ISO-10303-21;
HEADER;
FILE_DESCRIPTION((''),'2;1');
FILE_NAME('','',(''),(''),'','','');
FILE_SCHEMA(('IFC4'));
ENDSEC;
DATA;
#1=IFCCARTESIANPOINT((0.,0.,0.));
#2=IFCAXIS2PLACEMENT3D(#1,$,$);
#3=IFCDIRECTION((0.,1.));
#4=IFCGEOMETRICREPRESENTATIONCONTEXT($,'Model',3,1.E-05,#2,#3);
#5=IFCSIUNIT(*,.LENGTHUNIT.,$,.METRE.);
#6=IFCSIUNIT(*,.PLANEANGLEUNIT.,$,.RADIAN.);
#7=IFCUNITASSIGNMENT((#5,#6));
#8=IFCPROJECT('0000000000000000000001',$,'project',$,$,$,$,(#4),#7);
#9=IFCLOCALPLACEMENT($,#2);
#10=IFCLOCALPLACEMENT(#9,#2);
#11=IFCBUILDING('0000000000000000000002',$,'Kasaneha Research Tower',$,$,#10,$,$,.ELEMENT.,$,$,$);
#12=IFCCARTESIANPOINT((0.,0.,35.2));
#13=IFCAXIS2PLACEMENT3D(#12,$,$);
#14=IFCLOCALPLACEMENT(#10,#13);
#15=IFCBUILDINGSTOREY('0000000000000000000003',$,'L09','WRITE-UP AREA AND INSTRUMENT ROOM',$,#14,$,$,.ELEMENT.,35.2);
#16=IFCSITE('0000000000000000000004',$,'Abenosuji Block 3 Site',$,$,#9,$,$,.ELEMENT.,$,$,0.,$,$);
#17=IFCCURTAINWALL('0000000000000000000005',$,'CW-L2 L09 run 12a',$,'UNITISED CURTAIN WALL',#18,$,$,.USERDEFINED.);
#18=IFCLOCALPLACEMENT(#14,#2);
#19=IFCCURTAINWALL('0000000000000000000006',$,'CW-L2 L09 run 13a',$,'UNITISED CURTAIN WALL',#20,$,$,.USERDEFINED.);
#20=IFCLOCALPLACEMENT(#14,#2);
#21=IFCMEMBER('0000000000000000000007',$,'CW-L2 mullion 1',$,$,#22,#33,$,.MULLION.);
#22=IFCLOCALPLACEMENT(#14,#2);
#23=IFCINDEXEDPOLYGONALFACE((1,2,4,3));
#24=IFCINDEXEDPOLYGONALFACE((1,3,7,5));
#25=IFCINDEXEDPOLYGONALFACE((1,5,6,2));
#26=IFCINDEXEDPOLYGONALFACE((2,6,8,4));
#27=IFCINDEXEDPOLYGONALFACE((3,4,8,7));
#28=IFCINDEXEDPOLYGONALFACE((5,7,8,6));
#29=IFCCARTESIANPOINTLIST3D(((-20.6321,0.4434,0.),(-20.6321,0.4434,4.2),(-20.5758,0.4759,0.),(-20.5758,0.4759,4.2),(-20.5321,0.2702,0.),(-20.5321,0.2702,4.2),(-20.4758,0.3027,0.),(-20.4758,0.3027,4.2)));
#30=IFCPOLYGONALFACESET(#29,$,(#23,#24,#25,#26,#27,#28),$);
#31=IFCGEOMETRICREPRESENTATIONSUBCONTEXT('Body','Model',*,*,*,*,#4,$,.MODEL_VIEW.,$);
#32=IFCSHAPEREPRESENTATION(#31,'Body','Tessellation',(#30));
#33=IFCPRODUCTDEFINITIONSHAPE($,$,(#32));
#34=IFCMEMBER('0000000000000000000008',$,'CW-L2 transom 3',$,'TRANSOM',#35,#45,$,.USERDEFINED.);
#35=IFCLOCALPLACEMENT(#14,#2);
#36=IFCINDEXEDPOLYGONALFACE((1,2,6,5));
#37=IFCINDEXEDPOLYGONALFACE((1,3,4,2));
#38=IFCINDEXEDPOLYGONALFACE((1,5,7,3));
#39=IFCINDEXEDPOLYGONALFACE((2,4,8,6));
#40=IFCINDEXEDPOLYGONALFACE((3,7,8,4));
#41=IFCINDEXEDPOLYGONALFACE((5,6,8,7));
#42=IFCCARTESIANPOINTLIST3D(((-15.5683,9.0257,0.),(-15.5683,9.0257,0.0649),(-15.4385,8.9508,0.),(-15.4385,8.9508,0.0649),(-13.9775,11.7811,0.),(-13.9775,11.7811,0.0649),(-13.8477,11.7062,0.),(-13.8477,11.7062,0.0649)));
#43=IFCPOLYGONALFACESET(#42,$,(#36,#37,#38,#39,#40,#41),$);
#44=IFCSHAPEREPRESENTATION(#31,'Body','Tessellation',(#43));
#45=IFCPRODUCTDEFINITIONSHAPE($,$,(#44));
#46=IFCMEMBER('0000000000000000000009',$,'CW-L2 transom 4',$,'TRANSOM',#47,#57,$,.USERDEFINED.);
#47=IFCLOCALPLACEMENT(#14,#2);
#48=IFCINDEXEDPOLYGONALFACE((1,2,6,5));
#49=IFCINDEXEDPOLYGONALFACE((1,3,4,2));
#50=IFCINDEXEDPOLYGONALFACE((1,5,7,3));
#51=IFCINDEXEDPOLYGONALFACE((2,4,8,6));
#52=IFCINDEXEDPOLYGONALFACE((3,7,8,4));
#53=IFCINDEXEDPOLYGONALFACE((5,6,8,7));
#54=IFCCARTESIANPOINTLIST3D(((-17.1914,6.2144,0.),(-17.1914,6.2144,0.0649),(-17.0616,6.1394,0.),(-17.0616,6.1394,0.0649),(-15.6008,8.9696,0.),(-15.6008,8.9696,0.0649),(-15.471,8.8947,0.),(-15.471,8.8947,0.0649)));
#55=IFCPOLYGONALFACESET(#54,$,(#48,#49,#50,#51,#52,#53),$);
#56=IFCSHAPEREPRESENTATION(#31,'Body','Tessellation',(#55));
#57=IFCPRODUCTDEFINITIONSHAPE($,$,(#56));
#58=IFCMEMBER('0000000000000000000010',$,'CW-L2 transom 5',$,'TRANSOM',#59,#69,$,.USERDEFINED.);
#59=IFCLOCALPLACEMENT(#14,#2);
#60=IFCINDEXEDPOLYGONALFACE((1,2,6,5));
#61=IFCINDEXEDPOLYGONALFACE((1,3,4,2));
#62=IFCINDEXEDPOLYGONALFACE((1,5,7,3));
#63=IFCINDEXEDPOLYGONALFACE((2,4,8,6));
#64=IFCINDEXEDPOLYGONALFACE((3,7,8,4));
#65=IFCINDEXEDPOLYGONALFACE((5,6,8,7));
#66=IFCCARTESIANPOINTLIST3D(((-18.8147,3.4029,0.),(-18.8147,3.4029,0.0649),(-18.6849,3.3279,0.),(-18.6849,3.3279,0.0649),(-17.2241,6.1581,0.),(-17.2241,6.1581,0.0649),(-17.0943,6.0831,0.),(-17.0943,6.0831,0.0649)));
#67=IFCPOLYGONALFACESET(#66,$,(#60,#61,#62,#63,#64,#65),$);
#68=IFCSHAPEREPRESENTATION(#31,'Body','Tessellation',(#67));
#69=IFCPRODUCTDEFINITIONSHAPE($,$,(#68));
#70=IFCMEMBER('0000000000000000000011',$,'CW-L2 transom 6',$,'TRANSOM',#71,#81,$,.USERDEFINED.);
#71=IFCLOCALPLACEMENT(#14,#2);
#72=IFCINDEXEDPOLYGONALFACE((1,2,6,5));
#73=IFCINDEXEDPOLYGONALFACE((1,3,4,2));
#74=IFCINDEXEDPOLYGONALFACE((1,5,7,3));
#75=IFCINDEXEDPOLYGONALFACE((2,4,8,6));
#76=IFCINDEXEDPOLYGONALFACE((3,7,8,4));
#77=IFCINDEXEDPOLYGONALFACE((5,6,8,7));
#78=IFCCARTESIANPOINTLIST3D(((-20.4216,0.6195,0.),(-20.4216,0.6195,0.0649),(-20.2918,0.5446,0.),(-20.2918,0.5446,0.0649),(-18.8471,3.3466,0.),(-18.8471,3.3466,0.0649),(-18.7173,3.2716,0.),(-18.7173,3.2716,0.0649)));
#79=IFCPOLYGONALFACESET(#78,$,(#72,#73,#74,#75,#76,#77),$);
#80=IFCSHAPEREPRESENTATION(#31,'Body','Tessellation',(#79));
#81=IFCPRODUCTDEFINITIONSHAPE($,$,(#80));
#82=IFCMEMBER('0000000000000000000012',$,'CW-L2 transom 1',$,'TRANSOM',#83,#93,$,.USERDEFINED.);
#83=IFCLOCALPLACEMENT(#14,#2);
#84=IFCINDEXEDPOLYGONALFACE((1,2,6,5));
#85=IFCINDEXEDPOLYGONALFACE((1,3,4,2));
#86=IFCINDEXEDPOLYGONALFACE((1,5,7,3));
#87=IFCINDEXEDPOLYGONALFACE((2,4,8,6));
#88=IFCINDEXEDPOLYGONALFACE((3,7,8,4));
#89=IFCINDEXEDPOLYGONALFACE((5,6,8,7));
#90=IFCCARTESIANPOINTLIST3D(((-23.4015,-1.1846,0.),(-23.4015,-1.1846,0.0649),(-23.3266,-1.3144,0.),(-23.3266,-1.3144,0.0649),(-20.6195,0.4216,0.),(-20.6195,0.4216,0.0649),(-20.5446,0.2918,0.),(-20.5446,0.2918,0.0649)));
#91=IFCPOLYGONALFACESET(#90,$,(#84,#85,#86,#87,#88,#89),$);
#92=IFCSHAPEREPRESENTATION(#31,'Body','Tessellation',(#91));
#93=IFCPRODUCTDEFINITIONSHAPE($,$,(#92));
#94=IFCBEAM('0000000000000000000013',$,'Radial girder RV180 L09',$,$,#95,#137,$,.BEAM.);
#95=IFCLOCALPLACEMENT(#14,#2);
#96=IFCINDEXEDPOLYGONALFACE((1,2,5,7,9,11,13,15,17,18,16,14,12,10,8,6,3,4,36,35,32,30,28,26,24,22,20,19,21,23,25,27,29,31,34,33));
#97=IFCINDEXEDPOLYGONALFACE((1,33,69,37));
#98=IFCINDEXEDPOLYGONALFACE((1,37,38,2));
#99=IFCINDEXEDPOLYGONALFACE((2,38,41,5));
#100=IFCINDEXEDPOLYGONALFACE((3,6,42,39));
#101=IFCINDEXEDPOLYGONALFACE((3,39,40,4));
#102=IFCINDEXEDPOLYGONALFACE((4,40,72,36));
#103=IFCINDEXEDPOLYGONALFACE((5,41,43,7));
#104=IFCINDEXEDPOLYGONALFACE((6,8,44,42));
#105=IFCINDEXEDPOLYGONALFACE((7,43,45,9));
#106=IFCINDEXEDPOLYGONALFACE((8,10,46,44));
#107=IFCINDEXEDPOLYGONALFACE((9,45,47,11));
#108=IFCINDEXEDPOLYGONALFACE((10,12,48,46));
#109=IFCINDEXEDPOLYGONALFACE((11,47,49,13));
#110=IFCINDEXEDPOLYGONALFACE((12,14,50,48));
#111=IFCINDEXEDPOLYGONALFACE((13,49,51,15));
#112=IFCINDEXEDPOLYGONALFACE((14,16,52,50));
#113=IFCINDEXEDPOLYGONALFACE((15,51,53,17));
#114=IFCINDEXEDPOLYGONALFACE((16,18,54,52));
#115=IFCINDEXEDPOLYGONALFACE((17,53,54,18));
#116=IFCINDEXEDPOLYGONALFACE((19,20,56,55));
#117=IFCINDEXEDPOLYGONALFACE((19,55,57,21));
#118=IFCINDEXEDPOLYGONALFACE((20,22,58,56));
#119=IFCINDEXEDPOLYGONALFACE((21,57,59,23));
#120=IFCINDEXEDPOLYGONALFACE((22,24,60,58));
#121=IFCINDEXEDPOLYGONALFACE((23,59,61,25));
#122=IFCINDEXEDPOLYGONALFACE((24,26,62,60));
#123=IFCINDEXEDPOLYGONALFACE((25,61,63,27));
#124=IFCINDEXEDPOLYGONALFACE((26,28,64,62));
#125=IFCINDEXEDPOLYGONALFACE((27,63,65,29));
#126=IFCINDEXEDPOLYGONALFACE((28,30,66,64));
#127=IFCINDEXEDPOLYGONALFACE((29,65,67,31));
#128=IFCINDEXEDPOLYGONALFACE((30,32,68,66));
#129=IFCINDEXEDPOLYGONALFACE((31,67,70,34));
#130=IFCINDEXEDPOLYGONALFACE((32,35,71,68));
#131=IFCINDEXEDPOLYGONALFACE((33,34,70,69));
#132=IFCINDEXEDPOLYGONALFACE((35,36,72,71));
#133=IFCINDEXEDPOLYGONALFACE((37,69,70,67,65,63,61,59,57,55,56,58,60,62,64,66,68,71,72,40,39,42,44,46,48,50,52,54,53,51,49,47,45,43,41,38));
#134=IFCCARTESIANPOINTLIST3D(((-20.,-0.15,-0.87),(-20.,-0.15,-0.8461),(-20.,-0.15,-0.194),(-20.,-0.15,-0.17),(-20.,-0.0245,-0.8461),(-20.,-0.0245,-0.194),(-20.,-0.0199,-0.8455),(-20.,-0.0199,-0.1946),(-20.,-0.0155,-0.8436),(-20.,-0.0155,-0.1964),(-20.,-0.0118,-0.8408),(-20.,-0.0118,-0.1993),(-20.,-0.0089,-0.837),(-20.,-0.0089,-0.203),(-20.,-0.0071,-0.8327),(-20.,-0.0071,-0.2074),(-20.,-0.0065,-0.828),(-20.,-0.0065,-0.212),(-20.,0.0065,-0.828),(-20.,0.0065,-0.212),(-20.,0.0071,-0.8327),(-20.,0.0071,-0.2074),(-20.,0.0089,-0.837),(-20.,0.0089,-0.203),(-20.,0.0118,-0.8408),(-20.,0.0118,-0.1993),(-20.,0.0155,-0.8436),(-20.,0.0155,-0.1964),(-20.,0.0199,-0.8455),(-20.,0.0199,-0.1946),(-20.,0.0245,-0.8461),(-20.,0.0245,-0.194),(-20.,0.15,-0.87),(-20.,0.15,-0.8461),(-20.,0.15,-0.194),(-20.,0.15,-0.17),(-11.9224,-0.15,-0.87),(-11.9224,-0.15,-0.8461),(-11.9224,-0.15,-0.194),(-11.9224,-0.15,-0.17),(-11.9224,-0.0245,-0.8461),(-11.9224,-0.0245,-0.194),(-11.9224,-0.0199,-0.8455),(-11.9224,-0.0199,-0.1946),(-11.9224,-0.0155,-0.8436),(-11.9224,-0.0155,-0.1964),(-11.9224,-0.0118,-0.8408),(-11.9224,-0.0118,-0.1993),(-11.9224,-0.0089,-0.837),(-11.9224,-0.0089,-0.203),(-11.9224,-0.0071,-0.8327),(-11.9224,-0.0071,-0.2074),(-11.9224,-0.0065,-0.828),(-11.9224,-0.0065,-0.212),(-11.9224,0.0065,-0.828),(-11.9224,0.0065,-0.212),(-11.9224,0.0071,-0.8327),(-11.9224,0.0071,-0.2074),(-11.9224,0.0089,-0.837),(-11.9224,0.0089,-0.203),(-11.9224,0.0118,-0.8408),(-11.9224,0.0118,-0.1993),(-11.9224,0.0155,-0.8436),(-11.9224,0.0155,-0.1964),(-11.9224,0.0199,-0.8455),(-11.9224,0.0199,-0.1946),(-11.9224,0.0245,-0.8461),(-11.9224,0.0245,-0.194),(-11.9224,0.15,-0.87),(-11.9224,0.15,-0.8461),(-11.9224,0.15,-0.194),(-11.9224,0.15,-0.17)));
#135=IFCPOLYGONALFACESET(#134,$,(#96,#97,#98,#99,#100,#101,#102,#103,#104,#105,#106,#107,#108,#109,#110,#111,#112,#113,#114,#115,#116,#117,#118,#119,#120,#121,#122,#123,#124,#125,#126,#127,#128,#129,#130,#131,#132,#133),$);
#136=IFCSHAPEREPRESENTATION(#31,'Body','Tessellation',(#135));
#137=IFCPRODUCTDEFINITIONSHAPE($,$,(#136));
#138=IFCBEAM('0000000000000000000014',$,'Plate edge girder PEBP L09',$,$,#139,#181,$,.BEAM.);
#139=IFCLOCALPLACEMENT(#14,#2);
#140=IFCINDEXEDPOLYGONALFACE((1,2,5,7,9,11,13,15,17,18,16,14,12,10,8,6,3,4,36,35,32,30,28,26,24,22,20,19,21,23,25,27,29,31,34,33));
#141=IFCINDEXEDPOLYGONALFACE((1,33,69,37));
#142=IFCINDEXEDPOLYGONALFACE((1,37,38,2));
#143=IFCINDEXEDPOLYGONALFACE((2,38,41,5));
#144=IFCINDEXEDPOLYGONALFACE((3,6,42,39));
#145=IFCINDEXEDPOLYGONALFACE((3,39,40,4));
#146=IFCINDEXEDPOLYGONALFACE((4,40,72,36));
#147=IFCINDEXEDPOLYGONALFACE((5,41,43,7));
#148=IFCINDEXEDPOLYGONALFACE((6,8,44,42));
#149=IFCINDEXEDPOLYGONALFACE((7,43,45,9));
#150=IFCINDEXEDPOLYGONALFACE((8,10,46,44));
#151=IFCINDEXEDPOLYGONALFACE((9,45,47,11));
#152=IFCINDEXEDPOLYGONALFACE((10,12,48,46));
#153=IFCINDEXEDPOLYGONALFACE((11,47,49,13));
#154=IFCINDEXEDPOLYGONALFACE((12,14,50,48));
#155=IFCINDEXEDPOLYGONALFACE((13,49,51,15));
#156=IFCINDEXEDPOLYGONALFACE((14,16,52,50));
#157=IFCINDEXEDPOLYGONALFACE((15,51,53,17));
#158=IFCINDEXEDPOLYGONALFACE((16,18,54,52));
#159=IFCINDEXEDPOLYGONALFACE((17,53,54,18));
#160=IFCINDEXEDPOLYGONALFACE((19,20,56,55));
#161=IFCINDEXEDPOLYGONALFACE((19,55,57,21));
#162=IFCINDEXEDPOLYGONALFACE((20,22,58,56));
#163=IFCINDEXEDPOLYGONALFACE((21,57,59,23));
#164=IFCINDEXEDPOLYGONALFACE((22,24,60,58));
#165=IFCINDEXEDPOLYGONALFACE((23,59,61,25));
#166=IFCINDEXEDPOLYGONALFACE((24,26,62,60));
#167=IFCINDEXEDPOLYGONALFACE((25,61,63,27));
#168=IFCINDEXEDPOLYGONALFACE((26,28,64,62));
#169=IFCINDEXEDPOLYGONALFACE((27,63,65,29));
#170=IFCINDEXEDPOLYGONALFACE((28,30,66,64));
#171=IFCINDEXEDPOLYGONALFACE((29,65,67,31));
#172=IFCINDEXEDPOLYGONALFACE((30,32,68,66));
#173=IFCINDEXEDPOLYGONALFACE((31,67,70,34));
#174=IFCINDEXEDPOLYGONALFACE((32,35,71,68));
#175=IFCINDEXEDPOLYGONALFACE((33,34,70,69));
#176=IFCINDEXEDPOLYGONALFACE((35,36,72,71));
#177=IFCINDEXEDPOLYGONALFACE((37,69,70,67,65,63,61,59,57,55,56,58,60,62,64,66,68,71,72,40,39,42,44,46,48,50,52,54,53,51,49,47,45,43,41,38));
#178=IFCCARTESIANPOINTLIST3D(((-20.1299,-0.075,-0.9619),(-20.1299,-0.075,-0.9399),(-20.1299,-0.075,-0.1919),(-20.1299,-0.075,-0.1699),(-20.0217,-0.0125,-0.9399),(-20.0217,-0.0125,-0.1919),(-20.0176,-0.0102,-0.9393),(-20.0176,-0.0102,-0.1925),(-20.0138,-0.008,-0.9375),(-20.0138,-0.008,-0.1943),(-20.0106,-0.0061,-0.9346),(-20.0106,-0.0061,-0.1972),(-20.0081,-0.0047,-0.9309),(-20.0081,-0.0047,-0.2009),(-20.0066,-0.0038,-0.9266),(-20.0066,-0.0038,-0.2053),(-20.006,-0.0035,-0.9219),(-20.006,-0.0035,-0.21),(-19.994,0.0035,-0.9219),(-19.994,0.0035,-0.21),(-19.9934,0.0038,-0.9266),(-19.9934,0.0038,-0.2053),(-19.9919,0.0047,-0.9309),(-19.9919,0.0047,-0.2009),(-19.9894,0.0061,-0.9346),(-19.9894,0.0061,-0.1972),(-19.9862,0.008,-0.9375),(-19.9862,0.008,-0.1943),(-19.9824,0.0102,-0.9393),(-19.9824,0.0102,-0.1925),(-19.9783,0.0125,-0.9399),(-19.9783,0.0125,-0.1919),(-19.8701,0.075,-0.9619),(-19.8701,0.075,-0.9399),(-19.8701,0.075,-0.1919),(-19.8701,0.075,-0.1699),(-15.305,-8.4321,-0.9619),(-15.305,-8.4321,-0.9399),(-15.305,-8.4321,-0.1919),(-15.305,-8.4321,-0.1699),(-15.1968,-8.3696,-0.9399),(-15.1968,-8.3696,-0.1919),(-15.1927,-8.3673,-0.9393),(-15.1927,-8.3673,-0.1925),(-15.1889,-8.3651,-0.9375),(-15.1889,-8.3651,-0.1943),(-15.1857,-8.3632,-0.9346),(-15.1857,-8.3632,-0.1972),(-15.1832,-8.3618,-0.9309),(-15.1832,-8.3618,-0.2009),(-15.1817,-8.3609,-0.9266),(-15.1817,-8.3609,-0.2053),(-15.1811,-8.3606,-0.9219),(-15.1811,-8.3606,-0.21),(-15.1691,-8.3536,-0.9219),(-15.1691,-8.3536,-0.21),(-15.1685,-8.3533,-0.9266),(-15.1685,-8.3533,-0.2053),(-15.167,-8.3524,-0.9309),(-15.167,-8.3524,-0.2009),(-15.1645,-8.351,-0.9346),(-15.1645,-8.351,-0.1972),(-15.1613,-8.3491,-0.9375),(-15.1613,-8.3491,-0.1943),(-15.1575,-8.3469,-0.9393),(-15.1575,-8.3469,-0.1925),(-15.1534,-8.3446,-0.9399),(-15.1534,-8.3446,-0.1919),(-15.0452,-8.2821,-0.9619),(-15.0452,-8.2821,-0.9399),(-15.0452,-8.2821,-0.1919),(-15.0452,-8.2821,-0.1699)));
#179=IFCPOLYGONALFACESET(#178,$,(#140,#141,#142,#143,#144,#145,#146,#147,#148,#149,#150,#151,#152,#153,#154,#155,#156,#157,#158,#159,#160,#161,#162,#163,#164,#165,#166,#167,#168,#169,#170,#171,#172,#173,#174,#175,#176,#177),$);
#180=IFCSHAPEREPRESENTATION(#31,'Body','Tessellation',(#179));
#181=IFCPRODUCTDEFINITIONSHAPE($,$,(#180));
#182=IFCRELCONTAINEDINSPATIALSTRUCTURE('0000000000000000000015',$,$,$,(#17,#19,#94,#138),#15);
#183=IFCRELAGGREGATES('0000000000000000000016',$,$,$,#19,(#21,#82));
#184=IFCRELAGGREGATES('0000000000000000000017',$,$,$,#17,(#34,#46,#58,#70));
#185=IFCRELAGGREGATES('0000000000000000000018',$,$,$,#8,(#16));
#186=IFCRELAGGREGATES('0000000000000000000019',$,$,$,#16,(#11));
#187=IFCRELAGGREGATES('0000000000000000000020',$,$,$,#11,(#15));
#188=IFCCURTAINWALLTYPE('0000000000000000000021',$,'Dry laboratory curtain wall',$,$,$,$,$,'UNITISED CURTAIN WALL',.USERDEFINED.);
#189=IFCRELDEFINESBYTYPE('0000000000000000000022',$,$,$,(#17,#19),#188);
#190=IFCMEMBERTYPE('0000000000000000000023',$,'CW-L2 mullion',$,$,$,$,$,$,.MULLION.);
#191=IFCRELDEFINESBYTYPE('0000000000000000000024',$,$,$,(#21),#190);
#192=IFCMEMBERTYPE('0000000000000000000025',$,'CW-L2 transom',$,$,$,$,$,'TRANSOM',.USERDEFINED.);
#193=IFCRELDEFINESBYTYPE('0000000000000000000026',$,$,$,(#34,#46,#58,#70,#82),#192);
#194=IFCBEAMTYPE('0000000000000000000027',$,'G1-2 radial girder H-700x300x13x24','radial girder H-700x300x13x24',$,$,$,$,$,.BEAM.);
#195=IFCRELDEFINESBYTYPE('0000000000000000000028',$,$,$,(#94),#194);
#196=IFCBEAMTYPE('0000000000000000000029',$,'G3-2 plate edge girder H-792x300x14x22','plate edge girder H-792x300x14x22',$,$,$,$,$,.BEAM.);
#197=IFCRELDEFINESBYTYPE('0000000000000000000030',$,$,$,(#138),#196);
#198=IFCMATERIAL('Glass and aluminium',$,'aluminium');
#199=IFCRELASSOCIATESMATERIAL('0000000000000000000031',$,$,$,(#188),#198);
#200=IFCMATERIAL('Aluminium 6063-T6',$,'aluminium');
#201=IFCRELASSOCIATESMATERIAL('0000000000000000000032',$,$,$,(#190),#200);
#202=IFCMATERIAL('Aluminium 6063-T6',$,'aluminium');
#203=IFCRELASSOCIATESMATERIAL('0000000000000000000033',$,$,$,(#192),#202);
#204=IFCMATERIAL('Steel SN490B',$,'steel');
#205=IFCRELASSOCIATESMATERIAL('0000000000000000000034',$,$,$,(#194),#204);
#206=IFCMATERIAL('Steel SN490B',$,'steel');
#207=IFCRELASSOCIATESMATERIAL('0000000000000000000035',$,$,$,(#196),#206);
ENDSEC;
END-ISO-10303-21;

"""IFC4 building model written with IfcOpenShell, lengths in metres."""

from ifc_helpers import new_model, si_unit, direction, frame, origin, origin_2d, place, context, subcontext, project, spatial, rectangle, i_section, extrude, material, material_profile, profile_set, type_object, element, aggregate, save


model = new_model("IFC4")

# Units and contexts
model_context = context("Model", 3, precision=1e-05, world=origin(), true_north=direction((0.0, 1.0)))
body_context = subcontext(model_context, "Body", "Model", "MODEL_VIEW")
ifc_project = project(units=[si_unit("LENGTHUNIT", "METRE"), si_unit("PLANEANGLEUNIT", "RADIAN")], contexts=[model_context])

# Site, building, storey
site_placement = place(None, origin())
site = spatial("IfcSite", under=ifc_project, at=site_placement, Name="Abenosuji Block 3 Site", CompositionType="ELEMENT", RefElevation=0.0)
building_placement = place(site_placement, origin())
building = spatial("IfcBuilding", under=site, at=building_placement, Name="Kasaneha Research Tower", CompositionType="ELEMENT")
storey_placement = place(building_placement, frame((0.0, 0.0, 35.2)))
storey = spatial("IfcBuildingStorey", under=building, at=storey_placement, Name="L09", Description="WRITE-UP AREA AND INSTRUMENT ROOM", CompositionType="ELEMENT", Elevation=35.2)

# Curtain wall
ifc_material_1 = material(Name="Glass and aluminium", Category="aluminium")
curtain_wall_type = type_object("IfcCurtainWallType", Name="Dry laboratory curtain wall", ElementType="UNITISED CURTAIN WALL", PredefinedType="USERDEFINED", material=ifc_material_1)
curtain_wall_1_placement = place(storey_placement, origin())
curtain_wall_1 = element("IfcCurtainWall", 1, at=curtain_wall_1_placement, inside=storey, type_object=curtain_wall_type, Name="CW-L2 L09 run 12a", ObjectType="UNITISED CURTAIN WALL", PredefinedType="USERDEFINED")
ifc_material_2 = material(Name="Aluminium 6063-T6", Category="aluminium")
ifc_material_profile_1 = material_profile(ifc_material_2, rectangle(XDim=0.0649, YDim=0.2, at=origin_2d()), Name="CW-L2 mullion 65x200")
ifc_profile_set_1 = profile_set([ifc_material_profile_1], Name="Aluminium 6063-T6")
member_type_1 = type_object("IfcMemberType", Name="CW-L2 mullion", PredefinedType="MULLION", material=ifc_profile_set_1)

# Curtain wall, member
curtain_wall_2_placement = place(storey_placement, origin())
curtain_wall_2 = element("IfcCurtainWall", 2, at=curtain_wall_2_placement, inside=storey, type_object=curtain_wall_type, Name="CW-L2 L09 run 13a", ObjectType="UNITISED CURTAIN WALL", PredefinedType="USERDEFINED")
member_1_placement = place(storey_placement, frame((-20.554, 0.373, 0.0), z_axis=(0.0, 0.0, 1.0), x_axis=(-0.866025, -0.5, 0.0)))
member_1 = element("IfcMember", 3, at=member_1_placement, type_object=member_type_1, Name="CW-L2 mullion 1", PredefinedType="MULLION", context=body_context, shape_type="SweptSolid", body=[
    extrude(rectangle(XDim=0.0649, YDim=0.2, at=origin_2d()), origin(), (0.0, 0.0, 1.0), 4.2),
])

# Members
ifc_material_3 = material(Name="Aluminium 6063-T6", Category="aluminium")
ifc_material_profile_2 = material_profile(ifc_material_3, rectangle(XDim=0.1499, YDim=0.0649, at=origin_2d()), Name="CW-L2 transom 150x65")
ifc_profile_set_2 = profile_set([ifc_material_profile_2], Name="Aluminium 6063-T6")
member_type_2 = type_object("IfcMemberType", Name="CW-L2 transom", ElementType="TRANSOM", PredefinedType="USERDEFINED", material=ifc_profile_set_2)
member_2_placement = place(storey_placement, frame((-13.9126, 11.7437, 0.0325), z_axis=(-0.500001, -0.866025, 0.0), x_axis=(0.866025, -0.500001, 0.0)))
member_2 = element("IfcMember", 4, at=member_2_placement, type_object=member_type_2, Name="CW-L2 transom 3", ObjectType="TRANSOM", PredefinedType="USERDEFINED", context=body_context, shape_type="SweptSolid", body=[
    extrude(rectangle(XDim=0.1499, YDim=0.0649, at=origin_2d()), origin(), (0.0, 0.0, 1.0), 3.1816),
])
member_3_placement = place(storey_placement, frame((-15.5359, 8.9321, 0.0325), z_axis=(-0.499977, -0.866039, 0.0), x_axis=(0.866039, -0.499977, 0.0)))
member_3 = element("IfcMember", 5, at=member_3_placement, type_object=member_type_2, Name="CW-L2 transom 4", ObjectType="TRANSOM", PredefinedType="USERDEFINED", context=body_context, shape_type="SweptSolid", body=[
    extrude(rectangle(XDim=0.1499, YDim=0.0649, at=origin_2d()), origin(), (0.0, 0.0, 1.0), 3.1814),
])
member_4_placement = place(storey_placement, frame((-17.1592, 6.1206, 0.0325), z_axis=(-0.499977, -0.866039, 0.0), x_axis=(0.866039, -0.499977, 0.0)))
member_4 = element("IfcMember", 6, at=member_4_placement, type_object=member_type_2, Name="CW-L2 transom 5", ObjectType="TRANSOM", PredefinedType="USERDEFINED", context=body_context, shape_type="SweptSolid", body=[
    extrude(rectangle(XDim=0.1499, YDim=0.0649, at=origin_2d()), origin(), (0.0, 0.0, 1.0), 3.1814),
])
member_5_placement = place(storey_placement, frame((-18.7822, 3.3091, 0.0325), z_axis=(-0.5, -0.866025, 0.0), x_axis=(0.866025, -0.5, 0.0)))
member_5 = element("IfcMember", 7, at=member_5_placement, type_object=member_type_2, Name="CW-L2 transom 6", ObjectType="TRANSOM", PredefinedType="USERDEFINED", context=body_context, shape_type="SweptSolid", body=[
    extrude(rectangle(XDim=0.1499, YDim=0.0649, at=origin_2d()), origin(), (0.0, 0.0, 1.0), 3.1489),
])
member_6_placement = place(storey_placement, frame((-20.582, 0.3567, 0.0325), z_axis=(-0.866022, -0.500005, 0.0), x_axis=(0.500005, -0.866022, 0.0)))
member_6 = element("IfcMember", 8, at=member_6_placement, type_object=member_type_2, Name="CW-L2 transom 1", ObjectType="TRANSOM", PredefinedType="USERDEFINED", context=body_context, shape_type="SweptSolid", body=[
    extrude(rectangle(XDim=0.1499, YDim=0.0649, at=origin_2d()), origin(), (0.0, 0.0, 1.0), 3.2124),
])
aggregate(curtain_wall_2, [member_1, member_6])

# Beams
ifc_material_4 = material(Name="Steel SN490B", Category="steel")
ifc_material_profile_3 = material_profile(ifc_material_4, i_section(OverallWidth=0.3, OverallDepth=0.7, WebThickness=0.0129, FlangeThickness=0.0239, FilletRadius=0.0181, at=origin_2d()), Name="H-700x300x13x24")
ifc_profile_set_3 = profile_set([ifc_material_profile_3], Name="Steel SN490B")
beam_type_1 = type_object("IfcBeamType", Name="G1-2 radial girder H-700x300x13x24", Description="radial girder H-700x300x13x24", PredefinedType="BEAM", material=ifc_profile_set_3)
beam_1_placement = place(storey_placement, frame((-11.9224, 0.0, -0.52), z_axis=(-1.0, 0.0, 0.0), x_axis=(0.0, -1.0, 0.0)))
element("IfcBeam", 9, at=beam_1_placement, inside=storey, type_object=beam_type_1, Name="Radial girder RV180 L09", PredefinedType="BEAM", context=body_context, shape_type="SweptSolid", body=[
    extrude(i_section(OverallWidth=0.3, OverallDepth=0.7, WebThickness=0.0129, FlangeThickness=0.0239, FilletRadius=0.0181, at=origin_2d()), origin(), (0.0, 0.0, 1.0), 8.0776),
])
ifc_material_5 = material(Name="Steel SN490B", Category="steel")
ifc_material_profile_4 = material_profile(ifc_material_5, i_section(OverallWidth=0.3, OverallDepth=0.792, WebThickness=0.0139, FlangeThickness=0.022, FilletRadius=0.0181, at=origin_2d()), Name="H-792x300x14x22")
ifc_profile_set_4 = profile_set([ifc_material_profile_4], Name="Steel SN490B")
beam_type_2 = type_object("IfcBeamType", Name="G3-2 plate edge girder H-792x300x14x22", Description="plate edge girder H-792x300x14x22", PredefinedType="BEAM", material=ifc_profile_set_4)
beam_2_placement = place(storey_placement, frame((-20.0, 0.0, -0.5659), z_axis=(0.499995, -0.866028, 0.0), x_axis=(0.866028, 0.499995, 0.0)))
element("IfcBeam", 10, at=beam_2_placement, inside=storey, type_object=beam_type_2, Name="Plate edge girder PEBP L09", PredefinedType="BEAM", context=body_context, shape_type="SweptSolid", body=[
    extrude(i_section(OverallWidth=0.3, OverallDepth=0.792, WebThickness=0.0139, FlangeThickness=0.022, FilletRadius=0.0181, at=origin_2d()), origin(), (0.0, 0.0, 1.0), 9.6499),
])

aggregate(curtain_wall_1, [member_2, member_3, member_4, member_5])

save(model, "model.ifc")
